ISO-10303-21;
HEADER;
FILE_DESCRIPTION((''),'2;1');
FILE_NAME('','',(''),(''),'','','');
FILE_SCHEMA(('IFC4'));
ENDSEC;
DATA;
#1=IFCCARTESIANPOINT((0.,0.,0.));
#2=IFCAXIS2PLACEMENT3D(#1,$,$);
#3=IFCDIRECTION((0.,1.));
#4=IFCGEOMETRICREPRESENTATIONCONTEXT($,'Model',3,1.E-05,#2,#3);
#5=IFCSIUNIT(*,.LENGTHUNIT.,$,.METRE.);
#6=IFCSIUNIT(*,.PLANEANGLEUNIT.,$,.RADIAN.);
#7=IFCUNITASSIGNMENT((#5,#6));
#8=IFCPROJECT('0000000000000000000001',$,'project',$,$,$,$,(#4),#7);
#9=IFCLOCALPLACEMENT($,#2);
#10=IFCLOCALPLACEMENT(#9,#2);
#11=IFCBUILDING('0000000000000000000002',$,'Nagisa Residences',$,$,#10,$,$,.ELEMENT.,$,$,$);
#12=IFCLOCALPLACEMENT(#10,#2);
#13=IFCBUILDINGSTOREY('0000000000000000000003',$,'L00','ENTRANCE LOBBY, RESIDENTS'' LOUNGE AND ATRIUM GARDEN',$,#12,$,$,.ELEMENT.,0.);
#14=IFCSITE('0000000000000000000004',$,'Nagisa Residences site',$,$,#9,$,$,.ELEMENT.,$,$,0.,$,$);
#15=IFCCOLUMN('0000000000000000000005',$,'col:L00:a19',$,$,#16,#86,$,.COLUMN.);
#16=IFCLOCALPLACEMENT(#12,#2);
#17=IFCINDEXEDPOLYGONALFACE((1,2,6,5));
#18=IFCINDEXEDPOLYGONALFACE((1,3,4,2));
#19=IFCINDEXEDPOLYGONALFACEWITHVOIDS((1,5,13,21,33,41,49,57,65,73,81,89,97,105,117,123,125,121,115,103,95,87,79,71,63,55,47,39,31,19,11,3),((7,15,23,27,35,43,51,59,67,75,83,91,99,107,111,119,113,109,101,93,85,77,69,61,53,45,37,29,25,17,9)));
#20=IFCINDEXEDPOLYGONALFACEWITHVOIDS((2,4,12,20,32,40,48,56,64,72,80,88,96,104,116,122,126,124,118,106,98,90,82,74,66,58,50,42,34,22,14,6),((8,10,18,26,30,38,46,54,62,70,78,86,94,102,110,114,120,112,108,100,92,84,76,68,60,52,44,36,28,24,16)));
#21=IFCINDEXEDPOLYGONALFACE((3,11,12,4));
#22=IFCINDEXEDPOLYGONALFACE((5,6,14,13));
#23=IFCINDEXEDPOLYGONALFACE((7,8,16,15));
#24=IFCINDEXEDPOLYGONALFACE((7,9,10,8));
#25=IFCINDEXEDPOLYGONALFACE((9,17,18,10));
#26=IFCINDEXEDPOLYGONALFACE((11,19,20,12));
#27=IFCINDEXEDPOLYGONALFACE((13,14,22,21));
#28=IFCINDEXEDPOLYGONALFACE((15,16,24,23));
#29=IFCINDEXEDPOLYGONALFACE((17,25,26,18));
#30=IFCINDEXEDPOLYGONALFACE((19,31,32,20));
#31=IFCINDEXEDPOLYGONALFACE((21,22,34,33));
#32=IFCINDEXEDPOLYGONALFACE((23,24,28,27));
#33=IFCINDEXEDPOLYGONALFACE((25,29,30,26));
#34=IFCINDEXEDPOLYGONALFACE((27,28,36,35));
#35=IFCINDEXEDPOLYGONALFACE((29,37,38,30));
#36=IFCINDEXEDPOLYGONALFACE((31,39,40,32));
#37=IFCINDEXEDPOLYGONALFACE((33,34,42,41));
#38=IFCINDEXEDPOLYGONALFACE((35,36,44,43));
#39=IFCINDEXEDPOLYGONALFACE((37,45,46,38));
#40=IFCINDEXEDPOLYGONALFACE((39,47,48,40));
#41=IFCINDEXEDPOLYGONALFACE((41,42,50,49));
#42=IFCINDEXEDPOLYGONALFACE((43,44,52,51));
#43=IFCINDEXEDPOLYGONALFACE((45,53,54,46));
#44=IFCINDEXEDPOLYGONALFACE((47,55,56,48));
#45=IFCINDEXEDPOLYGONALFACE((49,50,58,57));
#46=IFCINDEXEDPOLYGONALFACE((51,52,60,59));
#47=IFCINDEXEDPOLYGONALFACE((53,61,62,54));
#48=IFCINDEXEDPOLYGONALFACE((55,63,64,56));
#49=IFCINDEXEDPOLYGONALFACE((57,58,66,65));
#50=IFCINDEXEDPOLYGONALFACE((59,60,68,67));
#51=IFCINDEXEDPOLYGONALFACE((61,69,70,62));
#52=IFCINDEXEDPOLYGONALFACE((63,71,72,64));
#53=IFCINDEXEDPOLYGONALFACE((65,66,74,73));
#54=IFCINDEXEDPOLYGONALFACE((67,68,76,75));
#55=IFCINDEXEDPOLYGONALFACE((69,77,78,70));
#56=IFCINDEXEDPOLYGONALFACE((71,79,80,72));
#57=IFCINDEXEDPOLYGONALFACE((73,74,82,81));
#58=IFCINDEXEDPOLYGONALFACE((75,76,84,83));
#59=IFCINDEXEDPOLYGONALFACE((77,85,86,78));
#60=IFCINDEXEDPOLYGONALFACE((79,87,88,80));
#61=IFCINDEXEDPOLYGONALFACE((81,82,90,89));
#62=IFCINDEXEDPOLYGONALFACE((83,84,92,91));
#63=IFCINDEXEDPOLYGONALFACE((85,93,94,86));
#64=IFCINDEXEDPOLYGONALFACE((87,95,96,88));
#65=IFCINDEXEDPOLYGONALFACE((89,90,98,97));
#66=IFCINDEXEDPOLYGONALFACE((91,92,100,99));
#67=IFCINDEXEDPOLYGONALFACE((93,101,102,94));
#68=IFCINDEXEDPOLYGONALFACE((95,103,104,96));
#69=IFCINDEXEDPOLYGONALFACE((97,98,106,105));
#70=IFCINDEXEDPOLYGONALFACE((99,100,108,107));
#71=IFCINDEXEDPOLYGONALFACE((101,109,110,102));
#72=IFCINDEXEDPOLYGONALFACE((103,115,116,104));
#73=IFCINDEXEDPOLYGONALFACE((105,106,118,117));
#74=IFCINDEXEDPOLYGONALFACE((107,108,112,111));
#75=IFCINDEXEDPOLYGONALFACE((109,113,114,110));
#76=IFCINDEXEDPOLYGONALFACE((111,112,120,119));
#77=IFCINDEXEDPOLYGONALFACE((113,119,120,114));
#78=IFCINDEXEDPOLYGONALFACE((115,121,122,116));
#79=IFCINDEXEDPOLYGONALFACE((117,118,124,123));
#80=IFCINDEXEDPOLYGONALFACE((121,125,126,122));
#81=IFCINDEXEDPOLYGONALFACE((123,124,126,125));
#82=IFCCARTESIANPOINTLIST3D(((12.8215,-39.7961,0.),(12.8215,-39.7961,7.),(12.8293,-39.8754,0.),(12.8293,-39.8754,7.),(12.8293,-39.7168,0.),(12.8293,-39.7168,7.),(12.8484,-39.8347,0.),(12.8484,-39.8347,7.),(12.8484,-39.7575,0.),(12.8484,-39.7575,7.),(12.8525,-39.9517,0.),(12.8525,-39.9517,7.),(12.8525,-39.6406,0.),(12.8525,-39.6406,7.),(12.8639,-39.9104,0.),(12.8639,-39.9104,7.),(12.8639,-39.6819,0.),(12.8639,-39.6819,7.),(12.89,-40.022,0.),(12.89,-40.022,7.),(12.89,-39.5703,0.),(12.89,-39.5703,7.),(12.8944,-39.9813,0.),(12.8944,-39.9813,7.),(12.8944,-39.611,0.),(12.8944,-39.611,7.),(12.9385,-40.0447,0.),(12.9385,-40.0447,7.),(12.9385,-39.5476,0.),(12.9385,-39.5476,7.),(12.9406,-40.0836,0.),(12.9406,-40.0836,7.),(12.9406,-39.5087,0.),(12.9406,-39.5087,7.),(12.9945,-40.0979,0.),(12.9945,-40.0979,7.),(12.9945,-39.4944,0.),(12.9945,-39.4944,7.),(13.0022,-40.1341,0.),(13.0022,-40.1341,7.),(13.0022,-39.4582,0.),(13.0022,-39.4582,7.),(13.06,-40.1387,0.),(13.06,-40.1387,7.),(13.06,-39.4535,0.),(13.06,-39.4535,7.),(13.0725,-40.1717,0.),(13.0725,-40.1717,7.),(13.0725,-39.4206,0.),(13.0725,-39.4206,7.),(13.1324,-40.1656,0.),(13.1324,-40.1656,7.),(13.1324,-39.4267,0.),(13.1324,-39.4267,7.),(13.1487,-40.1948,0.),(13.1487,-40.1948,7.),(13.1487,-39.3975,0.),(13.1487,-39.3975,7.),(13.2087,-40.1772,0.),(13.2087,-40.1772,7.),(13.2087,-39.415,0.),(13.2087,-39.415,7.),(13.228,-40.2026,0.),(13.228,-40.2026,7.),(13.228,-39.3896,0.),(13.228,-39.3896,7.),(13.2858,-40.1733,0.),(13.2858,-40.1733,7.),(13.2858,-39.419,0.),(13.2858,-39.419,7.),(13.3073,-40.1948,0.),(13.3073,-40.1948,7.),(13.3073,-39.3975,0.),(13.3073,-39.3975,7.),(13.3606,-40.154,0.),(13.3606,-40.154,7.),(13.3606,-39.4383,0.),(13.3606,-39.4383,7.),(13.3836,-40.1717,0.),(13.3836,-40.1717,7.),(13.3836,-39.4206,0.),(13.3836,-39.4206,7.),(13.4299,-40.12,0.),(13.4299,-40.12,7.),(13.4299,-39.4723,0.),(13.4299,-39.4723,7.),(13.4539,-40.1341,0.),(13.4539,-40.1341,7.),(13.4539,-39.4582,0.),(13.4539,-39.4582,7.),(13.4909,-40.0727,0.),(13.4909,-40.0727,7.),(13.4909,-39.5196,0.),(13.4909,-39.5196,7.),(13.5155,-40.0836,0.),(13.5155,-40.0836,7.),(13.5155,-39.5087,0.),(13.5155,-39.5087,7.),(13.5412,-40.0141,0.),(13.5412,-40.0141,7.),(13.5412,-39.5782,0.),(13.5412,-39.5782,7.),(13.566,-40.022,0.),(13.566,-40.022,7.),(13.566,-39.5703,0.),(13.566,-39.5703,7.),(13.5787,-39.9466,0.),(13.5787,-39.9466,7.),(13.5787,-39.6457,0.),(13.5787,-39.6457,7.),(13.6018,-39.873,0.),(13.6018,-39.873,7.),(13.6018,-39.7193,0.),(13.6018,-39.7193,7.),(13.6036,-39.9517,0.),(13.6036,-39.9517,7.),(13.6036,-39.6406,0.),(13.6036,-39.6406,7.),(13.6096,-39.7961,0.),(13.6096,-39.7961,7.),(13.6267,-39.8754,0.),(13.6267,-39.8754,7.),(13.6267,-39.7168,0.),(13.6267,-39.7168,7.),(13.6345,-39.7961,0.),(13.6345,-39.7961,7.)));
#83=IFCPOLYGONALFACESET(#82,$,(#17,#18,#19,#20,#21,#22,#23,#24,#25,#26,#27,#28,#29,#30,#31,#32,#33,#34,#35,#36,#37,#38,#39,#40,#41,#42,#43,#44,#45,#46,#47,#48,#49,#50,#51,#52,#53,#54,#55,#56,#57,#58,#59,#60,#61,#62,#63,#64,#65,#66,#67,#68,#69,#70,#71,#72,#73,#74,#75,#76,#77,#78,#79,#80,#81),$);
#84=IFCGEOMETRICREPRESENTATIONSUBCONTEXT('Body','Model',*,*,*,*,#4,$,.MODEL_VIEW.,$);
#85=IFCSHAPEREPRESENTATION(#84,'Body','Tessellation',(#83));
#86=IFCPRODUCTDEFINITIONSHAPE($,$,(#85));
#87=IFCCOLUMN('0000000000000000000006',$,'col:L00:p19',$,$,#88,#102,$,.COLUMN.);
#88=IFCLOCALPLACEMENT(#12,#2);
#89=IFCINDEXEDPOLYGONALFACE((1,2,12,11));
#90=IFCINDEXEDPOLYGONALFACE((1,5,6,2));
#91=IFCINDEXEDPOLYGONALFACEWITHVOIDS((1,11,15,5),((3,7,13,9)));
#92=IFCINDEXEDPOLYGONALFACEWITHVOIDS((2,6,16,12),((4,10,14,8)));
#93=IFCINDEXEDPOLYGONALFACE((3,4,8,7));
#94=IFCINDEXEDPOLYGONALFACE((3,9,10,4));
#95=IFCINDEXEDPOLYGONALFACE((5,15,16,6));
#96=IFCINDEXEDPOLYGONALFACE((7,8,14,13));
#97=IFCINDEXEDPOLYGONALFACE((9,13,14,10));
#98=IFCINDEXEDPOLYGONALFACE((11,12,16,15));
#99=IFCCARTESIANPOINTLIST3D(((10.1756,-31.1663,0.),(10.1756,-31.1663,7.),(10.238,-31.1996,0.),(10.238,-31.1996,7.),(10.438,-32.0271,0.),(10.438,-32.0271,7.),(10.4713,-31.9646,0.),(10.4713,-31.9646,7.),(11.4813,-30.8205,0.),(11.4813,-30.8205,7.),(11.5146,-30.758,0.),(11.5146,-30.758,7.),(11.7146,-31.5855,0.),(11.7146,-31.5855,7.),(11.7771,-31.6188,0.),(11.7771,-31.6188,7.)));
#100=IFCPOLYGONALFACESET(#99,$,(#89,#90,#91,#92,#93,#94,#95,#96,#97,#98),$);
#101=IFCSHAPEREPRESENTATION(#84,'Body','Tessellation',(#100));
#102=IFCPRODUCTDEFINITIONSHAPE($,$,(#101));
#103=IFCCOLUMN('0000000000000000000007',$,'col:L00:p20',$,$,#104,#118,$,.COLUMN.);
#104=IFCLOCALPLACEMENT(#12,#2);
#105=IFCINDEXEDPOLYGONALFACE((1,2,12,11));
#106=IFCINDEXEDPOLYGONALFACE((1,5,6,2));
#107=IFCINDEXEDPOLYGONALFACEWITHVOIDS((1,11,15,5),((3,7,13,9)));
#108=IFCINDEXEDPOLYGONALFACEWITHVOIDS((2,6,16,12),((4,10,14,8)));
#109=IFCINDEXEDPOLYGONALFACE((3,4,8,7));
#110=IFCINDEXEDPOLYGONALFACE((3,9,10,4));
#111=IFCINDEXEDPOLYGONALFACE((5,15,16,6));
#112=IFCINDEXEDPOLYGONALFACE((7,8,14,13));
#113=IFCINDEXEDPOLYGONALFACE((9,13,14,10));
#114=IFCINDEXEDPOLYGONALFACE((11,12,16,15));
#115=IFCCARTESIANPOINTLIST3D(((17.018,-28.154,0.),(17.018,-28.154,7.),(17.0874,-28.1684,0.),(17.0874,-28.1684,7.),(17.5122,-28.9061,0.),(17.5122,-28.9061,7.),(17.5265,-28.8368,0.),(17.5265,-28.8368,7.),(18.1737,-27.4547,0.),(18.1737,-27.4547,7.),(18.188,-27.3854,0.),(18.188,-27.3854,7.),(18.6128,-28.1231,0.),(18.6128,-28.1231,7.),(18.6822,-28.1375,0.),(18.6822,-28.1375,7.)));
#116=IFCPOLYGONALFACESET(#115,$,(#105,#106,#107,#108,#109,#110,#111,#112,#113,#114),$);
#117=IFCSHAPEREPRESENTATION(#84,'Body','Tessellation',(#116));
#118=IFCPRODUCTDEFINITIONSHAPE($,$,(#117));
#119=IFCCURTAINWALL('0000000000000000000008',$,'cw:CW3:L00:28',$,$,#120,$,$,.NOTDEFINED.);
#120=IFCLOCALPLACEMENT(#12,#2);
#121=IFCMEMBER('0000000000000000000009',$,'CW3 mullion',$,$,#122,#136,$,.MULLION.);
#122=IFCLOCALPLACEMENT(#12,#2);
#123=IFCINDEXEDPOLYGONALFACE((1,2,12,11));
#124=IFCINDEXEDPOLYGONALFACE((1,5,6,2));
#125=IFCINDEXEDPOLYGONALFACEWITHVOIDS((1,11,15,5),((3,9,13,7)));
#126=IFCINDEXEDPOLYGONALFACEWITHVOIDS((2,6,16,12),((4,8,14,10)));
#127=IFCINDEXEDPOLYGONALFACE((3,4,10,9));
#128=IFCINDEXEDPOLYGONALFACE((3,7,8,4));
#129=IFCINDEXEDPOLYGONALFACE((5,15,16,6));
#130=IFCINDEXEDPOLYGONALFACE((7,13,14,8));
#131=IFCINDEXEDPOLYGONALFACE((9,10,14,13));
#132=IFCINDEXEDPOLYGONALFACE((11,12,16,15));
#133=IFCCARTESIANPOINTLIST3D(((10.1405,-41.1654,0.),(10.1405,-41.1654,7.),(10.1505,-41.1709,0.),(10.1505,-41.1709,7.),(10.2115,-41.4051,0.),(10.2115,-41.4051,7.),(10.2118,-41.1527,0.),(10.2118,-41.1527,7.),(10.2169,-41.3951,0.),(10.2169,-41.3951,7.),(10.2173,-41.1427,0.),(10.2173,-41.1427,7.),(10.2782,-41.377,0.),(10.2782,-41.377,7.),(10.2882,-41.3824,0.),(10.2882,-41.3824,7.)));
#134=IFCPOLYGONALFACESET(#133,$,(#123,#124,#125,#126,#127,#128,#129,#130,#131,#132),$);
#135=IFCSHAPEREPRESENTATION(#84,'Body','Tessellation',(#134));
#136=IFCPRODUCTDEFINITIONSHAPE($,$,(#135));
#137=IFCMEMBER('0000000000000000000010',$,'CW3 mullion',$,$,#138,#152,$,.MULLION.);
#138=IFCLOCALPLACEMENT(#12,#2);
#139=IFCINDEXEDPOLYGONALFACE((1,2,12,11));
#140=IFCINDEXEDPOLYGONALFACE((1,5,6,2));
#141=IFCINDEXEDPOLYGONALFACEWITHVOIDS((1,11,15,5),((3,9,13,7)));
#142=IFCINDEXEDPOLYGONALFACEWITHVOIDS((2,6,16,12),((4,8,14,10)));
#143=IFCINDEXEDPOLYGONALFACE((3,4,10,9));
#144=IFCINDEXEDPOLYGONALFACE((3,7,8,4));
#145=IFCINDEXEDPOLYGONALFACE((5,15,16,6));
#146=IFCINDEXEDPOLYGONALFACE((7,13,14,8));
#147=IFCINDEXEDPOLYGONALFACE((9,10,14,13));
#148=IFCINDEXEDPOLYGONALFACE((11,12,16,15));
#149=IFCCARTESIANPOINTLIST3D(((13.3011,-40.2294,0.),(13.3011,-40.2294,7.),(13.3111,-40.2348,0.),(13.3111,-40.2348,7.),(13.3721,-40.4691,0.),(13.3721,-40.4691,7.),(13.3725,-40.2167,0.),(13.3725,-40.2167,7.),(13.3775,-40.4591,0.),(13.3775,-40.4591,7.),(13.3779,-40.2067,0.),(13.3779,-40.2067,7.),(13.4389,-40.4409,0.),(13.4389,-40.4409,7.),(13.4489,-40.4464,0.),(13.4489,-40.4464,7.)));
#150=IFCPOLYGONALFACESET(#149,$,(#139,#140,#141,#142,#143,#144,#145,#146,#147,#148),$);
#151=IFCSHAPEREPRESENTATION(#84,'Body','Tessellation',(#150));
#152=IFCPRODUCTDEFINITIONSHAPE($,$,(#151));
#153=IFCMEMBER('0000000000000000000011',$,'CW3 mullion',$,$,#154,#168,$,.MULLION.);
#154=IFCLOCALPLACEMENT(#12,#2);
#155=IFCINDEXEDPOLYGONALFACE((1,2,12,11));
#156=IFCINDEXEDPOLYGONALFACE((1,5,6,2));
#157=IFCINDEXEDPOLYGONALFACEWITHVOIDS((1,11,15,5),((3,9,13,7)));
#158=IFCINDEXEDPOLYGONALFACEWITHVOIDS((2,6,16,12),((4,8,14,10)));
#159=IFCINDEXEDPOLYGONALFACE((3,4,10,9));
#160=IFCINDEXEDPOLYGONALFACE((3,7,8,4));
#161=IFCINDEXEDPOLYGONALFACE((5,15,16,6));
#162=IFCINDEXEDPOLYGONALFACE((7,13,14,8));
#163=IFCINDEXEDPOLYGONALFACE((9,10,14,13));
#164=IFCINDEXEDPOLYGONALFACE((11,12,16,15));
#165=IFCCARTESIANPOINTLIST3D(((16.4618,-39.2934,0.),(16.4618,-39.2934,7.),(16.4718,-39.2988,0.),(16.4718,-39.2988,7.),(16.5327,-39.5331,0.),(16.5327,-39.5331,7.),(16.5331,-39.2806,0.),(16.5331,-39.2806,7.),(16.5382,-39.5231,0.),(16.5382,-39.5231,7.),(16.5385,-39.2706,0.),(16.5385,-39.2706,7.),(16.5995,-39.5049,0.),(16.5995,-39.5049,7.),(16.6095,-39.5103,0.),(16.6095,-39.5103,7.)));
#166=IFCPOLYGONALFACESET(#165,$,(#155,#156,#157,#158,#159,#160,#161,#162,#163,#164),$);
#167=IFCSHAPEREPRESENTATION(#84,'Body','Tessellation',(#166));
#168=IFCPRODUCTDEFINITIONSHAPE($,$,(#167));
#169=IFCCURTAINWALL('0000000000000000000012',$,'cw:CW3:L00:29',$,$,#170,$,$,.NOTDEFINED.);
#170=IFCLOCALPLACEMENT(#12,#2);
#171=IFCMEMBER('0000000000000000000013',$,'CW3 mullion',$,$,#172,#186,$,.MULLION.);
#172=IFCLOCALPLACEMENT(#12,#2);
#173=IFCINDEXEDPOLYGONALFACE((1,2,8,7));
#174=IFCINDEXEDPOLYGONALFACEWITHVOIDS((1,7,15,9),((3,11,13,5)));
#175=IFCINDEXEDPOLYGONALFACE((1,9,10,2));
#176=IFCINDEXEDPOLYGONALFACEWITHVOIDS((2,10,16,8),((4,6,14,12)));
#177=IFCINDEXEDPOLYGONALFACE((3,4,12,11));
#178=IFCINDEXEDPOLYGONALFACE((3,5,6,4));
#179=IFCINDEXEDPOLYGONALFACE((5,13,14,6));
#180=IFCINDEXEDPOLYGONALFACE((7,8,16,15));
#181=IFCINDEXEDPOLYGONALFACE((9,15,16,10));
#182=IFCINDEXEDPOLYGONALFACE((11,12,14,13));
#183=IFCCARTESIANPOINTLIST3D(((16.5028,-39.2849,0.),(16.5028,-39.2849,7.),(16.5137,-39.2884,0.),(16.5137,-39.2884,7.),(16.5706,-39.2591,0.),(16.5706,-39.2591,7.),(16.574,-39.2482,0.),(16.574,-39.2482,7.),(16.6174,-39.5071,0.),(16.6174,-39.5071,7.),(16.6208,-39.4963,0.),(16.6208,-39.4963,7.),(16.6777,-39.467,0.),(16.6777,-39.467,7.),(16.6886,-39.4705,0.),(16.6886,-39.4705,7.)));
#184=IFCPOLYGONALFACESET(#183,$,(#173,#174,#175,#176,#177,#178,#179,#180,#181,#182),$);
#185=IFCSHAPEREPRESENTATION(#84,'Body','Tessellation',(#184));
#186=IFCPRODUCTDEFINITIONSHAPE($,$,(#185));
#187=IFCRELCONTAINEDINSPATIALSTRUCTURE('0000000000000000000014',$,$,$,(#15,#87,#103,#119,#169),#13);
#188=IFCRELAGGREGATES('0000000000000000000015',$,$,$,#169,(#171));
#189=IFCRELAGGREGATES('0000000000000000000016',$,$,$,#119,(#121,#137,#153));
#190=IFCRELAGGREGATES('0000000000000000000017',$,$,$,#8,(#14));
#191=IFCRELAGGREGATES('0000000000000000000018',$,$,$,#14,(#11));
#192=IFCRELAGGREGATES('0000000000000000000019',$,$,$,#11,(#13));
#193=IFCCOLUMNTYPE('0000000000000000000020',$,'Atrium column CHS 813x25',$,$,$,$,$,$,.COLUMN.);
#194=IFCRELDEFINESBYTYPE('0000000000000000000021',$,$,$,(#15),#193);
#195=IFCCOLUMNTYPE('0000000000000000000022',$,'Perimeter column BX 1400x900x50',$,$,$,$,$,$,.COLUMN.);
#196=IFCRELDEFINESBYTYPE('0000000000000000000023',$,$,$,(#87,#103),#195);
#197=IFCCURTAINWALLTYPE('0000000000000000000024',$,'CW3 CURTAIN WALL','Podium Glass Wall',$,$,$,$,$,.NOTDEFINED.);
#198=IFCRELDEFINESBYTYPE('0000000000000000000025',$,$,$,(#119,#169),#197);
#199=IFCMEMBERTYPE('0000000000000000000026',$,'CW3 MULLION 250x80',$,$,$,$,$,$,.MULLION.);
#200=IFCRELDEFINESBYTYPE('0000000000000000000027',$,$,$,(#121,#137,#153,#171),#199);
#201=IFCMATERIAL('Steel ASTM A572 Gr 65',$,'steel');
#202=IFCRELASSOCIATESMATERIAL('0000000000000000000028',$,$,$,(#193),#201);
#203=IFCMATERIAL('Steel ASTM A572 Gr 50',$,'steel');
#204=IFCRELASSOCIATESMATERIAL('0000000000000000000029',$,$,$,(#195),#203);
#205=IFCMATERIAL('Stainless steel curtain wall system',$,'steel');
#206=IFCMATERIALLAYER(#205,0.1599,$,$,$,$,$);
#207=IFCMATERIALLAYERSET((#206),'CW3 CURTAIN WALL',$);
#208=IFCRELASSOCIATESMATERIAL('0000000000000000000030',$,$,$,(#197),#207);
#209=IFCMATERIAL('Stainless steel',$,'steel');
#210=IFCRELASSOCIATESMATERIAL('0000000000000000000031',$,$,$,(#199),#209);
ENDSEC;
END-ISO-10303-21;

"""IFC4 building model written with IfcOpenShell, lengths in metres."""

from ifc_helpers import new_model, si_unit, direction, frame, origin, origin_2d, place, context, subcontext, project, spatial, hollow_rectangle, hollow_circle, extrude, material, layer, layer_set, material_profile, profile_set, type_object, element, aggregate, save


model = new_model("IFC4")

# Units and contexts
model_context = context("Model", 3, precision=1e-05, world=origin(), true_north=direction((0.0, 1.0)))
body_context = subcontext(model_context, "Body", "Model", "MODEL_VIEW")
ifc_project = project(units=[si_unit("LENGTHUNIT", "METRE"), si_unit("PLANEANGLEUNIT", "RADIAN")], contexts=[model_context])

# Site, building, storey
site_placement = place(None, origin())
site = spatial("IfcSite", under=ifc_project, at=site_placement, Name="Nagisa Residences site", CompositionType="ELEMENT", RefElevation=0.0)
building_placement = place(site_placement, origin())
building = spatial("IfcBuilding", under=site, at=building_placement, Name="Nagisa Residences", CompositionType="ELEMENT")
storey_placement = place(building_placement, origin())
storey = spatial("IfcBuildingStorey", under=building, at=storey_placement, Name="L00", Description="ENTRANCE LOBBY, RESIDENTS' LOUNGE AND ATRIUM GARDEN", CompositionType="ELEMENT", Elevation=0.0)

# Columns
ifc_material_1 = material(Name="Steel ASTM A572 Gr 65", Category="steel")
ifc_material_profile_1 = material_profile(ifc_material_1, hollow_circle(Radius=0.4065, WallThickness=0.0249, at=origin_2d()), Name="CHS 813x25")
ifc_profile_set_1 = profile_set([ifc_material_profile_1], Name="Steel ASTM A572 Gr 65")
column_type_1 = type_object("IfcColumnType", Name="Atrium column CHS 813x25", PredefinedType="COLUMN", material=ifc_profile_set_1)
column_placement = place(storey_placement, frame((13.228, -39.7961, 0.0), z_axis=(0.0, 0.0, 1.0), x_axis=(1.0, 0.0, 0.0)))
element("IfcColumn", 1, at=column_placement, inside=storey, type_object=column_type_1, Name="col:L00:a19", PredefinedType="COLUMN", context=body_context, shape_type="SweptSolid", body=[
    extrude(hollow_circle(Radius=0.4065, WallThickness=0.0249, at=origin_2d()), origin(), (0.0, 0.0, 1.0), 7.0),
])
ifc_material_2 = material(Name="Steel ASTM A572 Gr 50", Category="steel")
ifc_material_profile_2 = material_profile(ifc_material_2, hollow_rectangle(XDim=1.3999, YDim=0.8999, WallThickness=0.05, at=origin_2d()), Name="BX 1400x900x50")
ifc_profile_set_2 = profile_set([ifc_material_profile_2], Name="Steel ASTM A572 Gr 50")
column_type_2 = type_object("IfcColumnType", Name="Perimeter column BX 1400x900x50", PredefinedType="COLUMN", material=ifc_profile_set_2)
for number, where, z_axis, x_axis, name in (
    (2, (10.9763, -31.3926, 0.0), (0.0, 0.0, 1.0), (0.956525, 0.291652, 0.0), "col:L00:p19"),
    (3, (17.8501, -28.1458, 0.0), (0.0, 0.0, 1.0), (0.835766, 0.549086, 0.0), "col:L00:p20"),
):
    element("IfcColumn", number, at=place(storey_placement, frame(where, z_axis=z_axis, x_axis=x_axis)), inside=storey, type_object=column_type_2, Name=name, PredefinedType="COLUMN", context=body_context, shape_type="SweptSolid", body=[
        extrude(hollow_rectangle(XDim=1.3999, YDim=0.8999, WallThickness=0.05, at=origin_2d()), origin(), (0.0, 0.0, 1.0), 7.0),
    ])

# Curtain wall, members
ifc_material_3 = material(Name="Stainless steel curtain wall system", Category="steel")
ifc_layer_1 = layer(ifc_material_3, 0.1599)
ifc_layer_set_1 = layer_set([ifc_layer_1], Name="CW3 CURTAIN WALL")
curtain_wall_type = type_object("IfcCurtainWallType", Name="CW3 CURTAIN WALL", Description="Podium Glass Wall", PredefinedType="NOTDEFINED", material=ifc_layer_set_1)
curtain_wall_1_placement = place(storey_placement, origin())
curtain_wall_1 = element("IfcCurtainWall", 4, at=curtain_wall_1_placement, inside=storey, type_object=curtain_wall_type, Name="cw:CW3:L00:28", PredefinedType="NOTDEFINED")
ifc_material_4 = material(Name="Stainless steel", Category="steel")
ifc_material_profile_3 = material_profile(ifc_material_4, hollow_rectangle(XDim=0.25, YDim=0.0801, WallThickness=0.0081, at=origin_2d()), Name="CW3 MULLION 250x80")
ifc_profile_set_3 = profile_set([ifc_material_profile_3], Name="Stainless steel")
member_type_1 = type_object("IfcMemberType", Name="CW3 MULLION 250x80", PredefinedType="MULLION", material=ifc_profile_set_3)
member_1_placement = place(storey_placement, frame((10.2144, -41.2739, 0.0), z_axis=(0.0, 0.0, 1.0), x_axis=(-0.283963, 0.958835, 0.0)))
member_1 = element("IfcMember", 5, at=member_1_placement, type_object=member_type_1, Name="CW3 mullion", PredefinedType="MULLION", context=body_context, shape_type="SweptSolid", body=[
    extrude(hollow_rectangle(XDim=0.25, YDim=0.0801, WallThickness=0.0081, at=origin_2d()), origin(), (0.0, 0.0, 1.0), 7.0),
])
member_2_placement = place(storey_placement, frame((13.375, -40.3379, 0.0), z_axis=(0.0, 0.0, 1.0), x_axis=(-0.283963, 0.958835, 0.0)))
member_2 = element("IfcMember", 6, at=member_2_placement, type_object=member_type_1, Name="CW3 mullion", PredefinedType="MULLION", context=body_context, shape_type="SweptSolid", body=[
    extrude(hollow_rectangle(XDim=0.25, YDim=0.0801, WallThickness=0.0081, at=origin_2d()), origin(), (0.0, 0.0, 1.0), 7.0),
])
member_3_placement = place(storey_placement, frame((16.5356, -39.4019, 0.0), z_axis=(0.0, 0.0, 1.0), x_axis=(-0.283963, 0.958835, 0.0)))
member_3 = element("IfcMember", 7, at=member_3_placement, type_object=member_type_1, Name="CW3 mullion", PredefinedType="MULLION", context=body_context, shape_type="SweptSolid", body=[
    extrude(hollow_rectangle(XDim=0.25, YDim=0.0801, WallThickness=0.0081, at=origin_2d()), origin(), (0.0, 0.0, 1.0), 7.0),
])

# Curtain wall, member
curtain_wall_2_placement = place(storey_placement, origin())
curtain_wall_2 = element("IfcCurtainWall", 8, at=curtain_wall_2_placement, inside=storey, type_object=curtain_wall_type, Name="cw:CW3:L00:29", PredefinedType="NOTDEFINED")
member_4_placement = place(storey_placement, frame((16.5957, -39.3777, 0.0), z_axis=(0.0, 0.0, 1.0), x_axis=(-0.458126, 0.888887, 0.0)))
member_4 = element("IfcMember", 9, at=member_4_placement, type_object=member_type_1, Name="CW3 mullion", PredefinedType="MULLION", context=body_context, shape_type="SweptSolid", body=[
    extrude(hollow_rectangle(XDim=0.25, YDim=0.0801, WallThickness=0.0081, at=origin_2d()), origin(), (0.0, 0.0, 1.0), 7.0),
])

aggregate(curtain_wall_2, [member_4])

aggregate(curtain_wall_1, [member_1, member_2, member_3])

save(model, "model.ifc")
